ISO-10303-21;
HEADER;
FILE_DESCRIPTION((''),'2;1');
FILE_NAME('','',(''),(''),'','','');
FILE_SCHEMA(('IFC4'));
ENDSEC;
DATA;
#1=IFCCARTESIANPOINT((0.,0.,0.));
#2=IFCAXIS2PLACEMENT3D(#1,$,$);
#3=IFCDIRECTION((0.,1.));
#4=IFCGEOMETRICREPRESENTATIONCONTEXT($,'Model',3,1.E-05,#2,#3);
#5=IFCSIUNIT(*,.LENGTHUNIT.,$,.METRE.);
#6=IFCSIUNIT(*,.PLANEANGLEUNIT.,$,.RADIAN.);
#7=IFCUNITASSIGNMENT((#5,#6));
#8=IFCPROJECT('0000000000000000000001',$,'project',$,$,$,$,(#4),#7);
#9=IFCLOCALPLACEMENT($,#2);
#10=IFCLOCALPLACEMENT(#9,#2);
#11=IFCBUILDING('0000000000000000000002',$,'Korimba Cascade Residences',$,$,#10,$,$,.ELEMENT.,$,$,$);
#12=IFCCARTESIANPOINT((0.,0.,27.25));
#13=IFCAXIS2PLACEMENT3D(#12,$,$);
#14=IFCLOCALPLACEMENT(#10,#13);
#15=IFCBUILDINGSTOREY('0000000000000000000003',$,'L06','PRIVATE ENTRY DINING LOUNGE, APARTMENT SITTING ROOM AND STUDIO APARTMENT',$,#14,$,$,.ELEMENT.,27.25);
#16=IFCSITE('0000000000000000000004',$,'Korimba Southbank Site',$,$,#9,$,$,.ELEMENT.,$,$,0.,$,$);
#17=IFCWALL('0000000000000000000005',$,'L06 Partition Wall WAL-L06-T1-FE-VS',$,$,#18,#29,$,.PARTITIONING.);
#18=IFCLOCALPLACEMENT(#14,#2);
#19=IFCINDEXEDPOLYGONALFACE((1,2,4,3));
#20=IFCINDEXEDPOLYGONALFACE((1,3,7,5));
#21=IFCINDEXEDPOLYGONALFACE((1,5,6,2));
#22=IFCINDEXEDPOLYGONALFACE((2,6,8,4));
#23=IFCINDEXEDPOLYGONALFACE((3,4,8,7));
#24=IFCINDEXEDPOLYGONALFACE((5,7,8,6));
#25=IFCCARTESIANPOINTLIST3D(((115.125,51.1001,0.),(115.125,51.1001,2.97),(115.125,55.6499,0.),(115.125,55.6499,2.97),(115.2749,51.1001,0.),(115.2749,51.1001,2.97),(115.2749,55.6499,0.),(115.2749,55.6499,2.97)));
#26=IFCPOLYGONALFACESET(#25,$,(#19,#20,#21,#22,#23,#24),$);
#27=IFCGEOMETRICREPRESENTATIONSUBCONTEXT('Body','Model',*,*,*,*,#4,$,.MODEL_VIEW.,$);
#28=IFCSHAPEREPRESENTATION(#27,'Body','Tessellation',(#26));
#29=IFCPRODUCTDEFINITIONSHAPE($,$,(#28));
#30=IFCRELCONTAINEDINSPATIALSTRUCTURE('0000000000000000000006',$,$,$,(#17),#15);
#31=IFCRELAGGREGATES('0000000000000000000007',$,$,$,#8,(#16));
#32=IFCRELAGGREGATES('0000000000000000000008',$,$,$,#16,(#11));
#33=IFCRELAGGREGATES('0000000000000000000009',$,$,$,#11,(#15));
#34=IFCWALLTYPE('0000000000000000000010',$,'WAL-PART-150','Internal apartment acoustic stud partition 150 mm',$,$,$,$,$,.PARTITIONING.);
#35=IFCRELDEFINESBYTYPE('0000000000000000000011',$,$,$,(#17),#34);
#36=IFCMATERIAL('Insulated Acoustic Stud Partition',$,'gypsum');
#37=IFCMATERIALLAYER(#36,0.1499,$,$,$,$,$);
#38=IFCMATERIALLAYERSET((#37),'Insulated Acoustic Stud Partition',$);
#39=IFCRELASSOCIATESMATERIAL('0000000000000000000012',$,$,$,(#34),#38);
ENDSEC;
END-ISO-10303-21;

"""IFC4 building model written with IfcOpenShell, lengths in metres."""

from ifc_helpers import new_model, si_unit, direction, frame, frame_2d, origin, place, context, subcontext, project, spatial, rectangle, extrude, material, layer, layer_set, type_object, element, save


model = new_model("IFC4")

# Units and contexts
model_context = context("Model", 3, precision=1e-05, world=origin(), true_north=direction((0.0, 1.0)))
body_context = subcontext(model_context, "Body", "Model", "MODEL_VIEW")
ifc_project = project(units=[si_unit("LENGTHUNIT", "METRE"), si_unit("PLANEANGLEUNIT", "RADIAN")], contexts=[model_context])

# Site, building, storey
site_placement = place(None, origin())
site = spatial("IfcSite", under=ifc_project, at=site_placement, Name="Korimba Southbank Site", CompositionType="ELEMENT", RefElevation=0.0)
building_placement = place(site_placement, origin())
building = spatial("IfcBuilding", under=site, at=building_placement, Name="Korimba Cascade Residences", CompositionType="ELEMENT")
storey_placement = place(building_placement, frame((0.0, 0.0, 27.25)))
storey = spatial("IfcBuildingStorey", under=building, at=storey_placement, Name="L06", Description="PRIVATE ENTRY DINING LOUNGE, APARTMENT SITTING ROOM AND STUDIO APARTMENT", CompositionType="ELEMENT", Elevation=27.25)

# Shared definitions
ifc_material_1 = material(Name="Insulated Acoustic Stud Partition", Category="gypsum")
ifc_layer_1 = layer(ifc_material_1, 0.1499)
ifc_layer_set_1 = layer_set([ifc_layer_1], Name="Insulated Acoustic Stud Partition")
wall_type_1 = type_object("IfcWallType", Name="WAL-PART-150", Description="Internal apartment acoustic stud partition 150 mm", PredefinedType="PARTITIONING", material=ifc_layer_set_1)

# Wall
wall_1_placement = place(storey_placement, frame((115.2, 51.1001, 0.0), z_axis=(0.0, 0.0, 1.0), x_axis=(0.0, 1.0, 0.0)))
element("IfcWall", 1, at=wall_1_placement, inside=storey, type_object=wall_type_1, Name="L06 Partition Wall WAL-L06-T1-FE-VS", PredefinedType="PARTITIONING", context=body_context, shape_type="SweptSolid", body=[
    extrude(rectangle(XDim=4.5498, YDim=0.1499, at=frame_2d((2.2749, 0.0))), origin(), (0.0, 0.0, 1.0), 2.97),
])

save(model, "model.ifc")
